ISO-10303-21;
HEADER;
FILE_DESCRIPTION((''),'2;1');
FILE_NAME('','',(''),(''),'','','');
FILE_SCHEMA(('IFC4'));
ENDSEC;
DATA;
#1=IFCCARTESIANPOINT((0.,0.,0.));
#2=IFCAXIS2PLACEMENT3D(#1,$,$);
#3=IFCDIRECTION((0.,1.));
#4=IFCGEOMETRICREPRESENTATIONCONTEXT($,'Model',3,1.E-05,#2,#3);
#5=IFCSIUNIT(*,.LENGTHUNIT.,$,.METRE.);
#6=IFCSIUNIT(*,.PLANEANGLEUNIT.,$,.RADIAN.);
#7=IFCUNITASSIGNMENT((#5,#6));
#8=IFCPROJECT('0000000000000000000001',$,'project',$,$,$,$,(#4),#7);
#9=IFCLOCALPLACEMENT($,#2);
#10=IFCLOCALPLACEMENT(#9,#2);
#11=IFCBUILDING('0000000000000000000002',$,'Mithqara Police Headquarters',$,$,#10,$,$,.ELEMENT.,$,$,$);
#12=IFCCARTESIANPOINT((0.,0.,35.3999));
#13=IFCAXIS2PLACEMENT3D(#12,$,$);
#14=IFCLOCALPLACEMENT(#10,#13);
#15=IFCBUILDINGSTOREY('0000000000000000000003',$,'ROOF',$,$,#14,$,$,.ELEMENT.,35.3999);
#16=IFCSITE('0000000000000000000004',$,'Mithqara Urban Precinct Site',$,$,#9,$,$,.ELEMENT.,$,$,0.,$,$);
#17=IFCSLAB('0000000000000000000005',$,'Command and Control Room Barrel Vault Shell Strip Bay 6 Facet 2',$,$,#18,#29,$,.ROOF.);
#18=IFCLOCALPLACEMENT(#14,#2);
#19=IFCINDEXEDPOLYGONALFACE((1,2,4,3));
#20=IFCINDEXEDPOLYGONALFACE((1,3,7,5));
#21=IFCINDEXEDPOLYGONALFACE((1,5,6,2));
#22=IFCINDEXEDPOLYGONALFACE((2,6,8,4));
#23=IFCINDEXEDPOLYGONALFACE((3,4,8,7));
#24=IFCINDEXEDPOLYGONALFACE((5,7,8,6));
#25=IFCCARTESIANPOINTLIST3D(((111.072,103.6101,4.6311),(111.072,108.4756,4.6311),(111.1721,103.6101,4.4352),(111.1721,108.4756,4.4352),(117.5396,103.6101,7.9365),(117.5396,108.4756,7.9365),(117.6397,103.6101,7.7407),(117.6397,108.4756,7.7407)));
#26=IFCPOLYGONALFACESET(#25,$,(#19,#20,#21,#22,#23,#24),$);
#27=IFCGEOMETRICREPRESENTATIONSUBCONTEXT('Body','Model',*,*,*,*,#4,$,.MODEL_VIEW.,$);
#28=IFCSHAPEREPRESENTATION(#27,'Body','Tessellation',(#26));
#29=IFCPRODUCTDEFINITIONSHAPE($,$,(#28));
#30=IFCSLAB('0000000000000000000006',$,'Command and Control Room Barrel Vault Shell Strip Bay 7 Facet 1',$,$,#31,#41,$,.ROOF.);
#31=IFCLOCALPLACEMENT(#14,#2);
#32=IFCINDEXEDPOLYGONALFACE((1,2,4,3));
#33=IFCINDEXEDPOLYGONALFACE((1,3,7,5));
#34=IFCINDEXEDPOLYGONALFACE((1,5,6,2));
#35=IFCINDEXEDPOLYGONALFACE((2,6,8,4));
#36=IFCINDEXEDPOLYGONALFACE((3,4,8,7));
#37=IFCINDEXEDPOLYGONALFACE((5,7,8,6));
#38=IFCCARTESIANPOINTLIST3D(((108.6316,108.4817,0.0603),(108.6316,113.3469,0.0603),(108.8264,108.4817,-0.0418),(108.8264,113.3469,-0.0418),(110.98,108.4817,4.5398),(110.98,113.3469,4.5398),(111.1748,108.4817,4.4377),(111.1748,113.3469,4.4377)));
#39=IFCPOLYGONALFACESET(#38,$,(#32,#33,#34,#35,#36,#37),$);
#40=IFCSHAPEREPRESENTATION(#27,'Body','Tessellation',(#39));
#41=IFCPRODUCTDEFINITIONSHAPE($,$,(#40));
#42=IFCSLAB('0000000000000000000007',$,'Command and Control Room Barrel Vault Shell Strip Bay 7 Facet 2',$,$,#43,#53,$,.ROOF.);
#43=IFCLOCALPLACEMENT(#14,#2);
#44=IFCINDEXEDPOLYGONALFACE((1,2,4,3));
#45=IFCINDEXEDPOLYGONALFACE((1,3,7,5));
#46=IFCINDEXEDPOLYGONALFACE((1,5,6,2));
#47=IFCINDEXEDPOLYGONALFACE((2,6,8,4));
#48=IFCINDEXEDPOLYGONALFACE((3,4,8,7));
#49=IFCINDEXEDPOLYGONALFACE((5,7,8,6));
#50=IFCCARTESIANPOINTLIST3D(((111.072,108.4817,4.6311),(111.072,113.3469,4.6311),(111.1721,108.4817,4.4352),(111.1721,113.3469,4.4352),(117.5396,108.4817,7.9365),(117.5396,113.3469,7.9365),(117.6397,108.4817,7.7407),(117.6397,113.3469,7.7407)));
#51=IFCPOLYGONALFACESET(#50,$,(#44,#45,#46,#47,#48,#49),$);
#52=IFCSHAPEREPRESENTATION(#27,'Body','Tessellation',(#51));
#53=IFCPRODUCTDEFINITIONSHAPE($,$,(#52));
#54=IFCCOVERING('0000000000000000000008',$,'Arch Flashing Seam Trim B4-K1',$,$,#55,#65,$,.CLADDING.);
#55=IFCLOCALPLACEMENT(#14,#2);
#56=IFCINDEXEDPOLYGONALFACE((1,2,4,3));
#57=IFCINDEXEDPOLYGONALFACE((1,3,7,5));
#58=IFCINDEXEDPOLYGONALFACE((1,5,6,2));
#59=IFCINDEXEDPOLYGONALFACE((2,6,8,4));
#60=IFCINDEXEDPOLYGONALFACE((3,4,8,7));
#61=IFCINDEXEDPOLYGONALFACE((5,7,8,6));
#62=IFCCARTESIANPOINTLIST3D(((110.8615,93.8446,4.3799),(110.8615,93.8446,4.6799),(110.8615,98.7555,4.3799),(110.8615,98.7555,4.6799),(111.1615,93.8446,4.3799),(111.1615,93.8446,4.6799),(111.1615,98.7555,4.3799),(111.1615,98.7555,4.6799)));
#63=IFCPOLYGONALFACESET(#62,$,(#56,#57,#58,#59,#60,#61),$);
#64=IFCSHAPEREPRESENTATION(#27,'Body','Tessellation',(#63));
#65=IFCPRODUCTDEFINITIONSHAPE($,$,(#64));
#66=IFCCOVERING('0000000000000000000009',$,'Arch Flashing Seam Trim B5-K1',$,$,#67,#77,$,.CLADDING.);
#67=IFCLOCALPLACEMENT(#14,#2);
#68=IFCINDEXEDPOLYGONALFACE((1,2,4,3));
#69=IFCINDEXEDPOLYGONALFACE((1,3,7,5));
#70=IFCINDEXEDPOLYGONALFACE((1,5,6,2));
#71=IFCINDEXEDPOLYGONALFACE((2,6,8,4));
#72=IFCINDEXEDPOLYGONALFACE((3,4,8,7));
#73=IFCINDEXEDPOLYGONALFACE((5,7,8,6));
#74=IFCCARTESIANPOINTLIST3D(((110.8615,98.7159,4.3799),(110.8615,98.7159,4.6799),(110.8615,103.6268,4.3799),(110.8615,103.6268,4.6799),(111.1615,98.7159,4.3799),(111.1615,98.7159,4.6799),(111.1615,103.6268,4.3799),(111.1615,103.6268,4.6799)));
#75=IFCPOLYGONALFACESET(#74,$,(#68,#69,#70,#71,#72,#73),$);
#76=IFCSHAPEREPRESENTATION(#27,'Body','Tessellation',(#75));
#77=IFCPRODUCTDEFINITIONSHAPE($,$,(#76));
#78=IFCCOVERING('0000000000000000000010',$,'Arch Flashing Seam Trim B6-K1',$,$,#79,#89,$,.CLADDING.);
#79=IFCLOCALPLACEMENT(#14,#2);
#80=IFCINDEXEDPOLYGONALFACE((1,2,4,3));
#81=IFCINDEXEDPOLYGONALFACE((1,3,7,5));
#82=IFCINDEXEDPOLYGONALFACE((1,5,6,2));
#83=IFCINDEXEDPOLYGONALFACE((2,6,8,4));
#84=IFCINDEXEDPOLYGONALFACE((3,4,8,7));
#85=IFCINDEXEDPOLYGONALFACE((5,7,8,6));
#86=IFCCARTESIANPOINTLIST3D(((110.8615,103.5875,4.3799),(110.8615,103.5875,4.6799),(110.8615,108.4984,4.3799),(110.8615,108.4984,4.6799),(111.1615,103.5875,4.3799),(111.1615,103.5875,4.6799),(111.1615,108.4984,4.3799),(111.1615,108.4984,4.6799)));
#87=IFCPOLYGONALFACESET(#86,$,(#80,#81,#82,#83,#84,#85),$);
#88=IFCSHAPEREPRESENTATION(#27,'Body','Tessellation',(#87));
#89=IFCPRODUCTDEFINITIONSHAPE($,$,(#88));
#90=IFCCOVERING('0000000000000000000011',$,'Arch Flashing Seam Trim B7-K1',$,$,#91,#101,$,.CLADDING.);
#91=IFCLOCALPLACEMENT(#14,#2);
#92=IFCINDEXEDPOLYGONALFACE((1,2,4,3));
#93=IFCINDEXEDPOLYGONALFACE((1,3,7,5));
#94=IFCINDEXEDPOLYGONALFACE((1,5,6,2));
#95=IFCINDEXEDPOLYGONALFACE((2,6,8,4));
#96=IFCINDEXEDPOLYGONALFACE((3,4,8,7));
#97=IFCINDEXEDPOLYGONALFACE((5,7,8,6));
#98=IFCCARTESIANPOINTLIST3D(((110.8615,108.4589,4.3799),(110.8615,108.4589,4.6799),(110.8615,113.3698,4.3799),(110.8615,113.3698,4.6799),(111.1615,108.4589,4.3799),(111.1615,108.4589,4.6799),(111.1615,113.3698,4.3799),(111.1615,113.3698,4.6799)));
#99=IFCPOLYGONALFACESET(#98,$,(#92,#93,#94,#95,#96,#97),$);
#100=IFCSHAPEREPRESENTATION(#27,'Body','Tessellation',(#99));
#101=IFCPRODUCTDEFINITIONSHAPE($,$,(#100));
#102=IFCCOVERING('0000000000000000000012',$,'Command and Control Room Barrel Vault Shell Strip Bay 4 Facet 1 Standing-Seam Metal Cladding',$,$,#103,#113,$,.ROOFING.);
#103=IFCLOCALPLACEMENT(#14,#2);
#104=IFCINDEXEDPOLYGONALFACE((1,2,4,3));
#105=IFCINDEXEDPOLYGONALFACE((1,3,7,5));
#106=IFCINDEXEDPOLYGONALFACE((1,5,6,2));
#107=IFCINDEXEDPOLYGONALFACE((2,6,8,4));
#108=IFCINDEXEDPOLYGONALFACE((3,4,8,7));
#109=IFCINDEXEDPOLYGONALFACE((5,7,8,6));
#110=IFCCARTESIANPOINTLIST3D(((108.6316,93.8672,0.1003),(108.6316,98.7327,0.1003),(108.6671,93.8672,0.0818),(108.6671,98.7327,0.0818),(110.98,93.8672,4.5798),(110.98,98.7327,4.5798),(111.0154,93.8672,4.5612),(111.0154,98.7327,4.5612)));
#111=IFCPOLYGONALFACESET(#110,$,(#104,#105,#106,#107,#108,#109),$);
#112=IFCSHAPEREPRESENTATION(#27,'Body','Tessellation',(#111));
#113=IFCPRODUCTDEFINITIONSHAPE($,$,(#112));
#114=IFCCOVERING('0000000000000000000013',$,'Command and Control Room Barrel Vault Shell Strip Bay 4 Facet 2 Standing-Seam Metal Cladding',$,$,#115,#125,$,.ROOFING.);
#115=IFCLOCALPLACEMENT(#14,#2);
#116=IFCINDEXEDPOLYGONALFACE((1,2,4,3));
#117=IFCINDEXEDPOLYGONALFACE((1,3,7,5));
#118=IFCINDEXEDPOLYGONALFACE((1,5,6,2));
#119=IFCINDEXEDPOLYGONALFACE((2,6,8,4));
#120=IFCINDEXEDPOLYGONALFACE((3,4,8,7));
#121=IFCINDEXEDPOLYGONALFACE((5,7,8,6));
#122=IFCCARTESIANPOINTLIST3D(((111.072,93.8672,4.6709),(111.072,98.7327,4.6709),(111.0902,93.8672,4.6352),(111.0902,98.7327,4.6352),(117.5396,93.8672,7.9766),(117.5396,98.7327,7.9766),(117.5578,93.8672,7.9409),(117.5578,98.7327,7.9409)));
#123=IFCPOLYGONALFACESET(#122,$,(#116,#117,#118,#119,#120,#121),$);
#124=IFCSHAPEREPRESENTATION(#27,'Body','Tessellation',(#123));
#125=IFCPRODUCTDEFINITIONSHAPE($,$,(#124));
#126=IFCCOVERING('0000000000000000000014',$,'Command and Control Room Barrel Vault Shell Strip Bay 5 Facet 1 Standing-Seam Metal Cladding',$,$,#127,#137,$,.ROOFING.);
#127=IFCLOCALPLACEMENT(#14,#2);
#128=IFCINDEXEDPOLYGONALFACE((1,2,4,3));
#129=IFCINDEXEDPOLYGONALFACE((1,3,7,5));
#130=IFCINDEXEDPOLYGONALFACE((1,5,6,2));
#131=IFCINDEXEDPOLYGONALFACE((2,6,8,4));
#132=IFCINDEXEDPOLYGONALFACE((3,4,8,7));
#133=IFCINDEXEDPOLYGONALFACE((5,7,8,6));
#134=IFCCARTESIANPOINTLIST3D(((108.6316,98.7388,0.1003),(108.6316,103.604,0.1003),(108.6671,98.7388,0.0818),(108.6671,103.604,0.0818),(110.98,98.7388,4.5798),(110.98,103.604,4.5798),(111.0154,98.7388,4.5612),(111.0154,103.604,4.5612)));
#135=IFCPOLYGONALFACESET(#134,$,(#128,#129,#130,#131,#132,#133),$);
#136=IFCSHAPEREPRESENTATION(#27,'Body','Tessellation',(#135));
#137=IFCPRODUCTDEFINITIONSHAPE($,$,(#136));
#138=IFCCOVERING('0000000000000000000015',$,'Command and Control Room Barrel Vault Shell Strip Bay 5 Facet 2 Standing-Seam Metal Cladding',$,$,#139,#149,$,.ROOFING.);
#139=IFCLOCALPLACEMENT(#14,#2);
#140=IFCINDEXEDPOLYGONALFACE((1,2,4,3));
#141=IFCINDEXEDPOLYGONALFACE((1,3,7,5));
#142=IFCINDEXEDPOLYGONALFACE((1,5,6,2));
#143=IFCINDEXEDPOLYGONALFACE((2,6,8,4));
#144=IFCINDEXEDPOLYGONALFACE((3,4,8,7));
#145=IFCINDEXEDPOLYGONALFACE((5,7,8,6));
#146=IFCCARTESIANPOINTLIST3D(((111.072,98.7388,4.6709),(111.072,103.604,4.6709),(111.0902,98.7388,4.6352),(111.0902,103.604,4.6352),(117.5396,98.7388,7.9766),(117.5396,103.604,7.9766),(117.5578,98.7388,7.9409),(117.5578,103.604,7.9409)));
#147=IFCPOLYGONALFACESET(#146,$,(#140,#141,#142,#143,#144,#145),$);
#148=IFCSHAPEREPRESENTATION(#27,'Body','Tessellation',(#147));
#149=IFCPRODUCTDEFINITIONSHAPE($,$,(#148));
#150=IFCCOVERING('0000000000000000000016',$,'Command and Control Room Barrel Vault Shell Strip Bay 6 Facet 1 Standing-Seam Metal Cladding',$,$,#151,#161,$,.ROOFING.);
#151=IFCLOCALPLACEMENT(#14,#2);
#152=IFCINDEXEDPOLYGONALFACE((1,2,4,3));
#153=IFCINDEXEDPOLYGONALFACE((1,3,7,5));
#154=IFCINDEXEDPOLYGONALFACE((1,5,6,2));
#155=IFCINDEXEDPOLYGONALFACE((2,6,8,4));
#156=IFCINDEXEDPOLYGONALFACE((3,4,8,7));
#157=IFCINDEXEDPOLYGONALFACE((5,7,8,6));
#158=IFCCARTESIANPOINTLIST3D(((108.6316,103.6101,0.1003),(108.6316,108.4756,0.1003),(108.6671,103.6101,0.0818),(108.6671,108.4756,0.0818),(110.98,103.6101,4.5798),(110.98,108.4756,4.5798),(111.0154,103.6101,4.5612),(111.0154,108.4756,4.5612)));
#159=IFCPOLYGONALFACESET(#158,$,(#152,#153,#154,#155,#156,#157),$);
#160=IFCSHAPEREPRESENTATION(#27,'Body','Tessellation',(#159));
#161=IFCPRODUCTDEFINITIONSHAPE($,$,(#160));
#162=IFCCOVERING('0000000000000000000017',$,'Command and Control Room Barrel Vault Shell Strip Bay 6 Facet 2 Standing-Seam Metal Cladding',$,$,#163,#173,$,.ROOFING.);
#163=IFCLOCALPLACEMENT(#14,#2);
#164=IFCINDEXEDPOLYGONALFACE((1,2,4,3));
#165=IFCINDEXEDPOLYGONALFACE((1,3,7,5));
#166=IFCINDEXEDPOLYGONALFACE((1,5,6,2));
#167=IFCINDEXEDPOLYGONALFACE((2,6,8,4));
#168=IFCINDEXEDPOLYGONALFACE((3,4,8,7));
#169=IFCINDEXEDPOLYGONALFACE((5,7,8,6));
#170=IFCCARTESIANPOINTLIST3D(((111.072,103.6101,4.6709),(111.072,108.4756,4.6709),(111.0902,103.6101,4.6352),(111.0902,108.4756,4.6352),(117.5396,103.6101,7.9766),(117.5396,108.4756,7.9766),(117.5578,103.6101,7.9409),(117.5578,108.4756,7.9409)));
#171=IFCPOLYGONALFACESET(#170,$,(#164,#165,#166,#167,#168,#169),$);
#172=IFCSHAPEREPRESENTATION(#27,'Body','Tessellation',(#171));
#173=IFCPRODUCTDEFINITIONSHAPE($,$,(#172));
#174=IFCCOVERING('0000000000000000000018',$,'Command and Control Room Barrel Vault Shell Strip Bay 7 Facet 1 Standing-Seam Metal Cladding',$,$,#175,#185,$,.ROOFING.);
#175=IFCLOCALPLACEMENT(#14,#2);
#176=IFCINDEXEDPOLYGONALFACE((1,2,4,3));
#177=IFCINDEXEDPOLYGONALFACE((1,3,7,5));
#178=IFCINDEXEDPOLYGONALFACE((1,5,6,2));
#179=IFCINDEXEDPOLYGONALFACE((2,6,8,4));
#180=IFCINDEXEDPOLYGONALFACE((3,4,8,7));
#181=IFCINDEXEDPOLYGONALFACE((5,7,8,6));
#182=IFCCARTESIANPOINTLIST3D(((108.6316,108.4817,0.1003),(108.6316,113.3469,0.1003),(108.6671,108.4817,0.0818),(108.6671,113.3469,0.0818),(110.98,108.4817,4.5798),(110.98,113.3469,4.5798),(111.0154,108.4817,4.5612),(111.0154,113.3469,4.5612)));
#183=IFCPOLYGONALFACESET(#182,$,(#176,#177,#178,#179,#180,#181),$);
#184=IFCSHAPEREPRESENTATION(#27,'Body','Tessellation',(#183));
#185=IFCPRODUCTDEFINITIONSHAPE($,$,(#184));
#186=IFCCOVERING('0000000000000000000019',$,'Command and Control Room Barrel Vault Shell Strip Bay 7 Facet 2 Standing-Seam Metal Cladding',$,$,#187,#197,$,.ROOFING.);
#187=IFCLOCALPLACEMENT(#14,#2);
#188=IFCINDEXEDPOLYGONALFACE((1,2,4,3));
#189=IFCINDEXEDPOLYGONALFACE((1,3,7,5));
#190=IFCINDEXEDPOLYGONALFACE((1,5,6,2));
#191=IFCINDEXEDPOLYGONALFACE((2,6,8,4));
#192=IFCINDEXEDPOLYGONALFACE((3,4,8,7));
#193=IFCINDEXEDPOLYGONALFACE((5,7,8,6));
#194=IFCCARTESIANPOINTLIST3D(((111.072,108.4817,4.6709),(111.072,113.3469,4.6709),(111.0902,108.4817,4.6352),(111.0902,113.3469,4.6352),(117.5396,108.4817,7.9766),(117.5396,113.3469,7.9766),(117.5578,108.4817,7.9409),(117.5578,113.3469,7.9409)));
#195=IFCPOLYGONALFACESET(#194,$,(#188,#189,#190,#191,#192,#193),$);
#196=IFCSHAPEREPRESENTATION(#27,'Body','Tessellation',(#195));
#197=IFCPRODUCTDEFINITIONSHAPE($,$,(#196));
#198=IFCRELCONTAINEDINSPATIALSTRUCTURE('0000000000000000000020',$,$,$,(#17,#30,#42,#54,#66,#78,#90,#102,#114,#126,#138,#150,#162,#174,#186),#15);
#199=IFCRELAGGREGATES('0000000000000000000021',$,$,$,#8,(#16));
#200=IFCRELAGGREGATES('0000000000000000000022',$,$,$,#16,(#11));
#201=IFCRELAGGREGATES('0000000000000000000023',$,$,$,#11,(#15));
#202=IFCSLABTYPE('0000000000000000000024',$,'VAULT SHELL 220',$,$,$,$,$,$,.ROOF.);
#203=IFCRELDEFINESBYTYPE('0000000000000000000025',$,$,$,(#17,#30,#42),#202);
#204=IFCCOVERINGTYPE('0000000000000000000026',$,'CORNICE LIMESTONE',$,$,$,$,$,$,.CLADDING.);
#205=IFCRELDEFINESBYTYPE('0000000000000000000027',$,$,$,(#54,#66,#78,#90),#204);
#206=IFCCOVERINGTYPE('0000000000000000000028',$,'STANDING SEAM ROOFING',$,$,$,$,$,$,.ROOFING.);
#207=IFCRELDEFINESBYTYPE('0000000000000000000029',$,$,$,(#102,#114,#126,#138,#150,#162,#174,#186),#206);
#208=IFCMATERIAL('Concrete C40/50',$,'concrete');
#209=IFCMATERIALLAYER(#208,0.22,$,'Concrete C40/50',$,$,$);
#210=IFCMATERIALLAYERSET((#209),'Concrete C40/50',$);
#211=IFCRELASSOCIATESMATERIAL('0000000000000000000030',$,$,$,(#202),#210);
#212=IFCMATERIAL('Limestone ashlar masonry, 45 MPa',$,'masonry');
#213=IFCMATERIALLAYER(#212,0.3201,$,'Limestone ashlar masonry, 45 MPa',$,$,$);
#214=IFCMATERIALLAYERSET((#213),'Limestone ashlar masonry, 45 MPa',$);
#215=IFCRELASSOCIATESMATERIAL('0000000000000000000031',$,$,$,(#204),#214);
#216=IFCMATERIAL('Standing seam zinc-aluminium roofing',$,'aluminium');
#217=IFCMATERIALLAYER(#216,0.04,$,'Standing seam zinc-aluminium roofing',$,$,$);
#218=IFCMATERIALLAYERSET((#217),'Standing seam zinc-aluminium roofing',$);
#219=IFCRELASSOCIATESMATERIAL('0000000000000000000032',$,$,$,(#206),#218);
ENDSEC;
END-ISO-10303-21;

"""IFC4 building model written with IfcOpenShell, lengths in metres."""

from ifc_helpers import new_model, si_unit, direction, frame, origin, origin_2d, place, context, subcontext, project, spatial, polyline, rectangle, outline, extrude, material, layer, layer_set, type_object, element, save


model = new_model("IFC4")

# Units and contexts
model_context = context("Model", 3, precision=1e-05, world=origin(), true_north=direction((0.0, 1.0)))
body_context = subcontext(model_context, "Body", "Model", "MODEL_VIEW")
ifc_project = project(units=[si_unit("LENGTHUNIT", "METRE"), si_unit("PLANEANGLEUNIT", "RADIAN")], contexts=[model_context])

# Site, building, storey
site_placement = place(None, origin())
site = spatial("IfcSite", under=ifc_project, at=site_placement, Name="Mithqara Urban Precinct Site", CompositionType="ELEMENT", RefElevation=0.0)
building_placement = place(site_placement, origin())
building = spatial("IfcBuilding", under=site, at=building_placement, Name="Mithqara Police Headquarters", CompositionType="ELEMENT")
storey_placement = place(building_placement, frame((0.0, 0.0, 35.3999)))
storey = spatial("IfcBuildingStorey", under=building, at=storey_placement, Name="ROOF", CompositionType="ELEMENT", Elevation=35.3999)

# Slabs
ifc_material_1 = material(Name="Concrete C40/50", Category="concrete")
ifc_layer_1 = layer(ifc_material_1, 0.22, Name="Concrete C40/50")
ifc_layer_set_1 = layer_set([ifc_layer_1], Name="Concrete C40/50")
slab_type = type_object("IfcSlabType", Name="VAULT SHELL 220", PredefinedType="ROOF", material=ifc_layer_set_1)
slab_1_placement = place(storey_placement, frame((111.072, 103.6101, 4.6311), z_axis=(-0.455089, 0.0, 0.890446), x_axis=(0.890446, 0.0, 0.455089)))
element("IfcSlab", 1, at=slab_1_placement, inside=storey, type_object=slab_type, Name="Command and Control Room Barrel Vault Shell Strip Bay 6 Facet 2", PredefinedType="ROOF", context=body_context, shape_type="SweptSolid", body=[
    extrude(outline(polyline([(0.0, 0.0), (7.2632, 0.0), (7.2632, 4.8655), (0.0, 4.8655), (0.0, 0.0)])), origin(), (0.0, 0.0, -1.0), 0.22),
])
slab_2_placement = place(storey_placement, frame((108.6316, 108.4817, 0.0603), z_axis=(-0.88567, 0.0, 0.464315), x_axis=(0.464315, 0.0, 0.88567)))
element("IfcSlab", 2, at=slab_2_placement, inside=storey, type_object=slab_type, Name="Command and Control Room Barrel Vault Shell Strip Bay 7 Facet 1", PredefinedType="ROOF", context=body_context, shape_type="SweptSolid", body=[
    extrude(outline(polyline([(0.0, 0.0), (5.0577, 0.0), (5.0577, 4.8652), (0.0, 4.8652), (0.0, 0.0)])), origin(), (0.0, 0.0, -1.0), 0.22),
])
slab_3_placement = place(storey_placement, frame((111.072, 108.4817, 4.6311), z_axis=(-0.455089, 0.0, 0.890446), x_axis=(0.890446, 0.0, 0.455089)))
element("IfcSlab", 3, at=slab_3_placement, inside=storey, type_object=slab_type, Name="Command and Control Room Barrel Vault Shell Strip Bay 7 Facet 2", PredefinedType="ROOF", context=body_context, shape_type="SweptSolid", body=[
    extrude(outline(polyline([(0.0, 0.0), (7.2632, 0.0), (7.2632, 4.8652), (0.0, 4.8652), (0.0, 0.0)])), origin(), (0.0, 0.0, -1.0), 0.22),
])

# Coverings
ifc_material_2 = material(Name="Limestone ashlar masonry, 45 MPa", Category="masonry")
ifc_layer_2 = layer(ifc_material_2, 0.3201, Name="Limestone ashlar masonry, 45 MPa")
ifc_layer_set_2 = layer_set([ifc_layer_2], Name="Limestone ashlar masonry, 45 MPa")
covering_type_1 = type_object("IfcCoveringType", Name="CORNICE LIMESTONE", PredefinedType="CLADDING", material=ifc_layer_set_2)
for number, where, z_axis, x_axis, name in (
    (4, (111.0115, 96.3, 4.3799), (0.0, 0.0, 1.0), (1.0, 0.0, 0.0), "Arch Flashing Seam Trim B4-K1"),
    (5, (111.0115, 101.1714, 4.3799), (0.0, 0.0, 1.0), (1.0, 0.0, 0.0), "Arch Flashing Seam Trim B5-K1"),
    (6, (111.0115, 106.043, 4.3799), (0.0, 0.0, 1.0), (1.0, 0.0, 0.0), "Arch Flashing Seam Trim B6-K1"),
    (7, (111.0115, 110.9143, 4.3799), (0.0, 0.0, 1.0), (1.0, 0.0, 0.0), "Arch Flashing Seam Trim B7-K1"),
):
    element("IfcCovering", number, at=place(storey_placement, frame(where, z_axis=z_axis, x_axis=x_axis)), inside=storey, type_object=covering_type_1, Name=name, PredefinedType="CLADDING", context=body_context, shape_type="SweptSolid", body=[
        extrude(rectangle(XDim=0.3, YDim=4.9109, at=origin_2d()), origin(), (0.0, 0.0, 1.0), 0.3),
    ])
ifc_material_3 = material(Name="Standing seam zinc-aluminium roofing", Category="aluminium")
ifc_layer_3 = layer(ifc_material_3, 0.04, Name="Standing seam zinc-aluminium roofing")
ifc_layer_set_3 = layer_set([ifc_layer_3], Name="Standing seam zinc-aluminium roofing")
covering_type_2 = type_object("IfcCoveringType", Name="STANDING SEAM ROOFING", PredefinedType="ROOFING", material=ifc_layer_set_3)
covering_1_placement = place(storey_placement, frame((108.6316, 93.8672, 0.1003), z_axis=(-0.88567, 0.0, 0.464315), x_axis=(0.464315, 0.0, 0.88567)))
element("IfcCovering", 8, at=covering_1_placement, inside=storey, type_object=covering_type_2, Name="Command and Control Room Barrel Vault Shell Strip Bay 4 Facet 1 Standing-Seam Metal Cladding", PredefinedType="ROOFING", context=body_context, shape_type="SweptSolid", body=[
    extrude(outline(polyline([(0.0, 0.0), (5.0577, 0.0), (5.0577, 4.8655), (0.0, 4.8655), (0.0, 0.0)])), origin(), (0.0, 0.0, -1.0), 0.04),
])
covering_2_placement = place(storey_placement, frame((111.072, 93.8672, 4.6709), z_axis=(-0.455115, 0.0, 0.890433), x_axis=(0.890433, 0.0, 0.455115)))
element("IfcCovering", 9, at=covering_2_placement, inside=storey, type_object=covering_type_2, Name="Command and Control Room Barrel Vault Shell Strip Bay 4 Facet 2 Standing-Seam Metal Cladding", PredefinedType="ROOFING", context=body_context, shape_type="SweptSolid", body=[
    extrude(outline(polyline([(0.0, 0.0), (7.2634, 0.0), (7.2634, 4.8655), (0.0, 4.8655), (0.0, 0.0)])), origin(), (0.0, 0.0, -1.0), 0.04),
])
covering_3_placement = place(storey_placement, frame((108.6316, 98.7388, 0.1003), z_axis=(-0.88567, 0.0, 0.464315), x_axis=(0.464315, 0.0, 0.88567)))
element("IfcCovering", 10, at=covering_3_placement, inside=storey, type_object=covering_type_2, Name="Command and Control Room Barrel Vault Shell Strip Bay 5 Facet 1 Standing-Seam Metal Cladding", PredefinedType="ROOFING", context=body_context, shape_type="SweptSolid", body=[
    extrude(outline(polyline([(0.0, 0.0), (5.0577, 0.0), (5.0577, 4.8652), (0.0, 4.8652), (0.0, 0.0)])), origin(), (0.0, 0.0, -1.0), 0.04),
])
covering_4_placement = place(storey_placement, frame((111.072, 98.7388, 4.6709), z_axis=(-0.455115, 0.0, 0.890433), x_axis=(0.890433, 0.0, 0.455115)))
element("IfcCovering", 11, at=covering_4_placement, inside=storey, type_object=covering_type_2, Name="Command and Control Room Barrel Vault Shell Strip Bay 5 Facet 2 Standing-Seam Metal Cladding", PredefinedType="ROOFING", context=body_context, shape_type="SweptSolid", body=[
    extrude(outline(polyline([(0.0, 0.0), (7.2634, 0.0), (7.2634, 4.8652), (0.0, 4.8652), (0.0, 0.0)])), origin(), (0.0, 0.0, -1.0), 0.04),
])
covering_5_placement = place(storey_placement, frame((108.6316, 103.6101, 0.1003), z_axis=(-0.88567, 0.0, 0.464315), x_axis=(0.464315, 0.0, 0.88567)))
element("IfcCovering", 12, at=covering_5_placement, inside=storey, type_object=covering_type_2, Name="Command and Control Room Barrel Vault Shell Strip Bay 6 Facet 1 Standing-Seam Metal Cladding", PredefinedType="ROOFING", context=body_context, shape_type="SweptSolid", body=[
    extrude(outline(polyline([(0.0, 0.0), (5.0577, 0.0), (5.0577, 4.8655), (0.0, 4.8655), (0.0, 0.0)])), origin(), (0.0, 0.0, -1.0), 0.04),
])
covering_6_placement = place(storey_placement, frame((111.072, 103.6101, 4.6709), z_axis=(-0.455115, 0.0, 0.890433), x_axis=(0.890433, 0.0, 0.455115)))
element("IfcCovering", 13, at=covering_6_placement, inside=storey, type_object=covering_type_2, Name="Command and Control Room Barrel Vault Shell Strip Bay 6 Facet 2 Standing-Seam Metal Cladding", PredefinedType="ROOFING", context=body_context, shape_type="SweptSolid", body=[
    extrude(outline(polyline([(0.0, 0.0), (7.2634, 0.0), (7.2634, 4.8655), (0.0, 4.8655), (0.0, 0.0)])), origin(), (0.0, 0.0, -1.0), 0.04),
])
covering_7_placement = place(storey_placement, frame((108.6316, 108.4817, 0.1003), z_axis=(-0.88567, 0.0, 0.464315), x_axis=(0.464315, 0.0, 0.88567)))
element("IfcCovering", 14, at=covering_7_placement, inside=storey, type_object=covering_type_2, Name="Command and Control Room Barrel Vault Shell Strip Bay 7 Facet 1 Standing-Seam Metal Cladding", PredefinedType="ROOFING", context=body_context, shape_type="SweptSolid", body=[
    extrude(outline(polyline([(0.0, 0.0), (5.0577, 0.0), (5.0577, 4.8652), (0.0, 4.8652), (0.0, 0.0)])), origin(), (0.0, 0.0, -1.0), 0.04),
])
covering_8_placement = place(storey_placement, frame((111.072, 108.4817, 4.6709), z_axis=(-0.455115, 0.0, 0.890433), x_axis=(0.890433, 0.0, 0.455115)))
element("IfcCovering", 15, at=covering_8_placement, inside=storey, type_object=covering_type_2, Name="Command and Control Room Barrel Vault Shell Strip Bay 7 Facet 2 Standing-Seam Metal Cladding", PredefinedType="ROOFING", context=body_context, shape_type="SweptSolid", body=[
    extrude(outline(polyline([(0.0, 0.0), (7.2634, 0.0), (7.2634, 4.8652), (0.0, 4.8652), (0.0, 0.0)])), origin(), (0.0, 0.0, -1.0), 0.04),
])

save(model, "model.ifc")
